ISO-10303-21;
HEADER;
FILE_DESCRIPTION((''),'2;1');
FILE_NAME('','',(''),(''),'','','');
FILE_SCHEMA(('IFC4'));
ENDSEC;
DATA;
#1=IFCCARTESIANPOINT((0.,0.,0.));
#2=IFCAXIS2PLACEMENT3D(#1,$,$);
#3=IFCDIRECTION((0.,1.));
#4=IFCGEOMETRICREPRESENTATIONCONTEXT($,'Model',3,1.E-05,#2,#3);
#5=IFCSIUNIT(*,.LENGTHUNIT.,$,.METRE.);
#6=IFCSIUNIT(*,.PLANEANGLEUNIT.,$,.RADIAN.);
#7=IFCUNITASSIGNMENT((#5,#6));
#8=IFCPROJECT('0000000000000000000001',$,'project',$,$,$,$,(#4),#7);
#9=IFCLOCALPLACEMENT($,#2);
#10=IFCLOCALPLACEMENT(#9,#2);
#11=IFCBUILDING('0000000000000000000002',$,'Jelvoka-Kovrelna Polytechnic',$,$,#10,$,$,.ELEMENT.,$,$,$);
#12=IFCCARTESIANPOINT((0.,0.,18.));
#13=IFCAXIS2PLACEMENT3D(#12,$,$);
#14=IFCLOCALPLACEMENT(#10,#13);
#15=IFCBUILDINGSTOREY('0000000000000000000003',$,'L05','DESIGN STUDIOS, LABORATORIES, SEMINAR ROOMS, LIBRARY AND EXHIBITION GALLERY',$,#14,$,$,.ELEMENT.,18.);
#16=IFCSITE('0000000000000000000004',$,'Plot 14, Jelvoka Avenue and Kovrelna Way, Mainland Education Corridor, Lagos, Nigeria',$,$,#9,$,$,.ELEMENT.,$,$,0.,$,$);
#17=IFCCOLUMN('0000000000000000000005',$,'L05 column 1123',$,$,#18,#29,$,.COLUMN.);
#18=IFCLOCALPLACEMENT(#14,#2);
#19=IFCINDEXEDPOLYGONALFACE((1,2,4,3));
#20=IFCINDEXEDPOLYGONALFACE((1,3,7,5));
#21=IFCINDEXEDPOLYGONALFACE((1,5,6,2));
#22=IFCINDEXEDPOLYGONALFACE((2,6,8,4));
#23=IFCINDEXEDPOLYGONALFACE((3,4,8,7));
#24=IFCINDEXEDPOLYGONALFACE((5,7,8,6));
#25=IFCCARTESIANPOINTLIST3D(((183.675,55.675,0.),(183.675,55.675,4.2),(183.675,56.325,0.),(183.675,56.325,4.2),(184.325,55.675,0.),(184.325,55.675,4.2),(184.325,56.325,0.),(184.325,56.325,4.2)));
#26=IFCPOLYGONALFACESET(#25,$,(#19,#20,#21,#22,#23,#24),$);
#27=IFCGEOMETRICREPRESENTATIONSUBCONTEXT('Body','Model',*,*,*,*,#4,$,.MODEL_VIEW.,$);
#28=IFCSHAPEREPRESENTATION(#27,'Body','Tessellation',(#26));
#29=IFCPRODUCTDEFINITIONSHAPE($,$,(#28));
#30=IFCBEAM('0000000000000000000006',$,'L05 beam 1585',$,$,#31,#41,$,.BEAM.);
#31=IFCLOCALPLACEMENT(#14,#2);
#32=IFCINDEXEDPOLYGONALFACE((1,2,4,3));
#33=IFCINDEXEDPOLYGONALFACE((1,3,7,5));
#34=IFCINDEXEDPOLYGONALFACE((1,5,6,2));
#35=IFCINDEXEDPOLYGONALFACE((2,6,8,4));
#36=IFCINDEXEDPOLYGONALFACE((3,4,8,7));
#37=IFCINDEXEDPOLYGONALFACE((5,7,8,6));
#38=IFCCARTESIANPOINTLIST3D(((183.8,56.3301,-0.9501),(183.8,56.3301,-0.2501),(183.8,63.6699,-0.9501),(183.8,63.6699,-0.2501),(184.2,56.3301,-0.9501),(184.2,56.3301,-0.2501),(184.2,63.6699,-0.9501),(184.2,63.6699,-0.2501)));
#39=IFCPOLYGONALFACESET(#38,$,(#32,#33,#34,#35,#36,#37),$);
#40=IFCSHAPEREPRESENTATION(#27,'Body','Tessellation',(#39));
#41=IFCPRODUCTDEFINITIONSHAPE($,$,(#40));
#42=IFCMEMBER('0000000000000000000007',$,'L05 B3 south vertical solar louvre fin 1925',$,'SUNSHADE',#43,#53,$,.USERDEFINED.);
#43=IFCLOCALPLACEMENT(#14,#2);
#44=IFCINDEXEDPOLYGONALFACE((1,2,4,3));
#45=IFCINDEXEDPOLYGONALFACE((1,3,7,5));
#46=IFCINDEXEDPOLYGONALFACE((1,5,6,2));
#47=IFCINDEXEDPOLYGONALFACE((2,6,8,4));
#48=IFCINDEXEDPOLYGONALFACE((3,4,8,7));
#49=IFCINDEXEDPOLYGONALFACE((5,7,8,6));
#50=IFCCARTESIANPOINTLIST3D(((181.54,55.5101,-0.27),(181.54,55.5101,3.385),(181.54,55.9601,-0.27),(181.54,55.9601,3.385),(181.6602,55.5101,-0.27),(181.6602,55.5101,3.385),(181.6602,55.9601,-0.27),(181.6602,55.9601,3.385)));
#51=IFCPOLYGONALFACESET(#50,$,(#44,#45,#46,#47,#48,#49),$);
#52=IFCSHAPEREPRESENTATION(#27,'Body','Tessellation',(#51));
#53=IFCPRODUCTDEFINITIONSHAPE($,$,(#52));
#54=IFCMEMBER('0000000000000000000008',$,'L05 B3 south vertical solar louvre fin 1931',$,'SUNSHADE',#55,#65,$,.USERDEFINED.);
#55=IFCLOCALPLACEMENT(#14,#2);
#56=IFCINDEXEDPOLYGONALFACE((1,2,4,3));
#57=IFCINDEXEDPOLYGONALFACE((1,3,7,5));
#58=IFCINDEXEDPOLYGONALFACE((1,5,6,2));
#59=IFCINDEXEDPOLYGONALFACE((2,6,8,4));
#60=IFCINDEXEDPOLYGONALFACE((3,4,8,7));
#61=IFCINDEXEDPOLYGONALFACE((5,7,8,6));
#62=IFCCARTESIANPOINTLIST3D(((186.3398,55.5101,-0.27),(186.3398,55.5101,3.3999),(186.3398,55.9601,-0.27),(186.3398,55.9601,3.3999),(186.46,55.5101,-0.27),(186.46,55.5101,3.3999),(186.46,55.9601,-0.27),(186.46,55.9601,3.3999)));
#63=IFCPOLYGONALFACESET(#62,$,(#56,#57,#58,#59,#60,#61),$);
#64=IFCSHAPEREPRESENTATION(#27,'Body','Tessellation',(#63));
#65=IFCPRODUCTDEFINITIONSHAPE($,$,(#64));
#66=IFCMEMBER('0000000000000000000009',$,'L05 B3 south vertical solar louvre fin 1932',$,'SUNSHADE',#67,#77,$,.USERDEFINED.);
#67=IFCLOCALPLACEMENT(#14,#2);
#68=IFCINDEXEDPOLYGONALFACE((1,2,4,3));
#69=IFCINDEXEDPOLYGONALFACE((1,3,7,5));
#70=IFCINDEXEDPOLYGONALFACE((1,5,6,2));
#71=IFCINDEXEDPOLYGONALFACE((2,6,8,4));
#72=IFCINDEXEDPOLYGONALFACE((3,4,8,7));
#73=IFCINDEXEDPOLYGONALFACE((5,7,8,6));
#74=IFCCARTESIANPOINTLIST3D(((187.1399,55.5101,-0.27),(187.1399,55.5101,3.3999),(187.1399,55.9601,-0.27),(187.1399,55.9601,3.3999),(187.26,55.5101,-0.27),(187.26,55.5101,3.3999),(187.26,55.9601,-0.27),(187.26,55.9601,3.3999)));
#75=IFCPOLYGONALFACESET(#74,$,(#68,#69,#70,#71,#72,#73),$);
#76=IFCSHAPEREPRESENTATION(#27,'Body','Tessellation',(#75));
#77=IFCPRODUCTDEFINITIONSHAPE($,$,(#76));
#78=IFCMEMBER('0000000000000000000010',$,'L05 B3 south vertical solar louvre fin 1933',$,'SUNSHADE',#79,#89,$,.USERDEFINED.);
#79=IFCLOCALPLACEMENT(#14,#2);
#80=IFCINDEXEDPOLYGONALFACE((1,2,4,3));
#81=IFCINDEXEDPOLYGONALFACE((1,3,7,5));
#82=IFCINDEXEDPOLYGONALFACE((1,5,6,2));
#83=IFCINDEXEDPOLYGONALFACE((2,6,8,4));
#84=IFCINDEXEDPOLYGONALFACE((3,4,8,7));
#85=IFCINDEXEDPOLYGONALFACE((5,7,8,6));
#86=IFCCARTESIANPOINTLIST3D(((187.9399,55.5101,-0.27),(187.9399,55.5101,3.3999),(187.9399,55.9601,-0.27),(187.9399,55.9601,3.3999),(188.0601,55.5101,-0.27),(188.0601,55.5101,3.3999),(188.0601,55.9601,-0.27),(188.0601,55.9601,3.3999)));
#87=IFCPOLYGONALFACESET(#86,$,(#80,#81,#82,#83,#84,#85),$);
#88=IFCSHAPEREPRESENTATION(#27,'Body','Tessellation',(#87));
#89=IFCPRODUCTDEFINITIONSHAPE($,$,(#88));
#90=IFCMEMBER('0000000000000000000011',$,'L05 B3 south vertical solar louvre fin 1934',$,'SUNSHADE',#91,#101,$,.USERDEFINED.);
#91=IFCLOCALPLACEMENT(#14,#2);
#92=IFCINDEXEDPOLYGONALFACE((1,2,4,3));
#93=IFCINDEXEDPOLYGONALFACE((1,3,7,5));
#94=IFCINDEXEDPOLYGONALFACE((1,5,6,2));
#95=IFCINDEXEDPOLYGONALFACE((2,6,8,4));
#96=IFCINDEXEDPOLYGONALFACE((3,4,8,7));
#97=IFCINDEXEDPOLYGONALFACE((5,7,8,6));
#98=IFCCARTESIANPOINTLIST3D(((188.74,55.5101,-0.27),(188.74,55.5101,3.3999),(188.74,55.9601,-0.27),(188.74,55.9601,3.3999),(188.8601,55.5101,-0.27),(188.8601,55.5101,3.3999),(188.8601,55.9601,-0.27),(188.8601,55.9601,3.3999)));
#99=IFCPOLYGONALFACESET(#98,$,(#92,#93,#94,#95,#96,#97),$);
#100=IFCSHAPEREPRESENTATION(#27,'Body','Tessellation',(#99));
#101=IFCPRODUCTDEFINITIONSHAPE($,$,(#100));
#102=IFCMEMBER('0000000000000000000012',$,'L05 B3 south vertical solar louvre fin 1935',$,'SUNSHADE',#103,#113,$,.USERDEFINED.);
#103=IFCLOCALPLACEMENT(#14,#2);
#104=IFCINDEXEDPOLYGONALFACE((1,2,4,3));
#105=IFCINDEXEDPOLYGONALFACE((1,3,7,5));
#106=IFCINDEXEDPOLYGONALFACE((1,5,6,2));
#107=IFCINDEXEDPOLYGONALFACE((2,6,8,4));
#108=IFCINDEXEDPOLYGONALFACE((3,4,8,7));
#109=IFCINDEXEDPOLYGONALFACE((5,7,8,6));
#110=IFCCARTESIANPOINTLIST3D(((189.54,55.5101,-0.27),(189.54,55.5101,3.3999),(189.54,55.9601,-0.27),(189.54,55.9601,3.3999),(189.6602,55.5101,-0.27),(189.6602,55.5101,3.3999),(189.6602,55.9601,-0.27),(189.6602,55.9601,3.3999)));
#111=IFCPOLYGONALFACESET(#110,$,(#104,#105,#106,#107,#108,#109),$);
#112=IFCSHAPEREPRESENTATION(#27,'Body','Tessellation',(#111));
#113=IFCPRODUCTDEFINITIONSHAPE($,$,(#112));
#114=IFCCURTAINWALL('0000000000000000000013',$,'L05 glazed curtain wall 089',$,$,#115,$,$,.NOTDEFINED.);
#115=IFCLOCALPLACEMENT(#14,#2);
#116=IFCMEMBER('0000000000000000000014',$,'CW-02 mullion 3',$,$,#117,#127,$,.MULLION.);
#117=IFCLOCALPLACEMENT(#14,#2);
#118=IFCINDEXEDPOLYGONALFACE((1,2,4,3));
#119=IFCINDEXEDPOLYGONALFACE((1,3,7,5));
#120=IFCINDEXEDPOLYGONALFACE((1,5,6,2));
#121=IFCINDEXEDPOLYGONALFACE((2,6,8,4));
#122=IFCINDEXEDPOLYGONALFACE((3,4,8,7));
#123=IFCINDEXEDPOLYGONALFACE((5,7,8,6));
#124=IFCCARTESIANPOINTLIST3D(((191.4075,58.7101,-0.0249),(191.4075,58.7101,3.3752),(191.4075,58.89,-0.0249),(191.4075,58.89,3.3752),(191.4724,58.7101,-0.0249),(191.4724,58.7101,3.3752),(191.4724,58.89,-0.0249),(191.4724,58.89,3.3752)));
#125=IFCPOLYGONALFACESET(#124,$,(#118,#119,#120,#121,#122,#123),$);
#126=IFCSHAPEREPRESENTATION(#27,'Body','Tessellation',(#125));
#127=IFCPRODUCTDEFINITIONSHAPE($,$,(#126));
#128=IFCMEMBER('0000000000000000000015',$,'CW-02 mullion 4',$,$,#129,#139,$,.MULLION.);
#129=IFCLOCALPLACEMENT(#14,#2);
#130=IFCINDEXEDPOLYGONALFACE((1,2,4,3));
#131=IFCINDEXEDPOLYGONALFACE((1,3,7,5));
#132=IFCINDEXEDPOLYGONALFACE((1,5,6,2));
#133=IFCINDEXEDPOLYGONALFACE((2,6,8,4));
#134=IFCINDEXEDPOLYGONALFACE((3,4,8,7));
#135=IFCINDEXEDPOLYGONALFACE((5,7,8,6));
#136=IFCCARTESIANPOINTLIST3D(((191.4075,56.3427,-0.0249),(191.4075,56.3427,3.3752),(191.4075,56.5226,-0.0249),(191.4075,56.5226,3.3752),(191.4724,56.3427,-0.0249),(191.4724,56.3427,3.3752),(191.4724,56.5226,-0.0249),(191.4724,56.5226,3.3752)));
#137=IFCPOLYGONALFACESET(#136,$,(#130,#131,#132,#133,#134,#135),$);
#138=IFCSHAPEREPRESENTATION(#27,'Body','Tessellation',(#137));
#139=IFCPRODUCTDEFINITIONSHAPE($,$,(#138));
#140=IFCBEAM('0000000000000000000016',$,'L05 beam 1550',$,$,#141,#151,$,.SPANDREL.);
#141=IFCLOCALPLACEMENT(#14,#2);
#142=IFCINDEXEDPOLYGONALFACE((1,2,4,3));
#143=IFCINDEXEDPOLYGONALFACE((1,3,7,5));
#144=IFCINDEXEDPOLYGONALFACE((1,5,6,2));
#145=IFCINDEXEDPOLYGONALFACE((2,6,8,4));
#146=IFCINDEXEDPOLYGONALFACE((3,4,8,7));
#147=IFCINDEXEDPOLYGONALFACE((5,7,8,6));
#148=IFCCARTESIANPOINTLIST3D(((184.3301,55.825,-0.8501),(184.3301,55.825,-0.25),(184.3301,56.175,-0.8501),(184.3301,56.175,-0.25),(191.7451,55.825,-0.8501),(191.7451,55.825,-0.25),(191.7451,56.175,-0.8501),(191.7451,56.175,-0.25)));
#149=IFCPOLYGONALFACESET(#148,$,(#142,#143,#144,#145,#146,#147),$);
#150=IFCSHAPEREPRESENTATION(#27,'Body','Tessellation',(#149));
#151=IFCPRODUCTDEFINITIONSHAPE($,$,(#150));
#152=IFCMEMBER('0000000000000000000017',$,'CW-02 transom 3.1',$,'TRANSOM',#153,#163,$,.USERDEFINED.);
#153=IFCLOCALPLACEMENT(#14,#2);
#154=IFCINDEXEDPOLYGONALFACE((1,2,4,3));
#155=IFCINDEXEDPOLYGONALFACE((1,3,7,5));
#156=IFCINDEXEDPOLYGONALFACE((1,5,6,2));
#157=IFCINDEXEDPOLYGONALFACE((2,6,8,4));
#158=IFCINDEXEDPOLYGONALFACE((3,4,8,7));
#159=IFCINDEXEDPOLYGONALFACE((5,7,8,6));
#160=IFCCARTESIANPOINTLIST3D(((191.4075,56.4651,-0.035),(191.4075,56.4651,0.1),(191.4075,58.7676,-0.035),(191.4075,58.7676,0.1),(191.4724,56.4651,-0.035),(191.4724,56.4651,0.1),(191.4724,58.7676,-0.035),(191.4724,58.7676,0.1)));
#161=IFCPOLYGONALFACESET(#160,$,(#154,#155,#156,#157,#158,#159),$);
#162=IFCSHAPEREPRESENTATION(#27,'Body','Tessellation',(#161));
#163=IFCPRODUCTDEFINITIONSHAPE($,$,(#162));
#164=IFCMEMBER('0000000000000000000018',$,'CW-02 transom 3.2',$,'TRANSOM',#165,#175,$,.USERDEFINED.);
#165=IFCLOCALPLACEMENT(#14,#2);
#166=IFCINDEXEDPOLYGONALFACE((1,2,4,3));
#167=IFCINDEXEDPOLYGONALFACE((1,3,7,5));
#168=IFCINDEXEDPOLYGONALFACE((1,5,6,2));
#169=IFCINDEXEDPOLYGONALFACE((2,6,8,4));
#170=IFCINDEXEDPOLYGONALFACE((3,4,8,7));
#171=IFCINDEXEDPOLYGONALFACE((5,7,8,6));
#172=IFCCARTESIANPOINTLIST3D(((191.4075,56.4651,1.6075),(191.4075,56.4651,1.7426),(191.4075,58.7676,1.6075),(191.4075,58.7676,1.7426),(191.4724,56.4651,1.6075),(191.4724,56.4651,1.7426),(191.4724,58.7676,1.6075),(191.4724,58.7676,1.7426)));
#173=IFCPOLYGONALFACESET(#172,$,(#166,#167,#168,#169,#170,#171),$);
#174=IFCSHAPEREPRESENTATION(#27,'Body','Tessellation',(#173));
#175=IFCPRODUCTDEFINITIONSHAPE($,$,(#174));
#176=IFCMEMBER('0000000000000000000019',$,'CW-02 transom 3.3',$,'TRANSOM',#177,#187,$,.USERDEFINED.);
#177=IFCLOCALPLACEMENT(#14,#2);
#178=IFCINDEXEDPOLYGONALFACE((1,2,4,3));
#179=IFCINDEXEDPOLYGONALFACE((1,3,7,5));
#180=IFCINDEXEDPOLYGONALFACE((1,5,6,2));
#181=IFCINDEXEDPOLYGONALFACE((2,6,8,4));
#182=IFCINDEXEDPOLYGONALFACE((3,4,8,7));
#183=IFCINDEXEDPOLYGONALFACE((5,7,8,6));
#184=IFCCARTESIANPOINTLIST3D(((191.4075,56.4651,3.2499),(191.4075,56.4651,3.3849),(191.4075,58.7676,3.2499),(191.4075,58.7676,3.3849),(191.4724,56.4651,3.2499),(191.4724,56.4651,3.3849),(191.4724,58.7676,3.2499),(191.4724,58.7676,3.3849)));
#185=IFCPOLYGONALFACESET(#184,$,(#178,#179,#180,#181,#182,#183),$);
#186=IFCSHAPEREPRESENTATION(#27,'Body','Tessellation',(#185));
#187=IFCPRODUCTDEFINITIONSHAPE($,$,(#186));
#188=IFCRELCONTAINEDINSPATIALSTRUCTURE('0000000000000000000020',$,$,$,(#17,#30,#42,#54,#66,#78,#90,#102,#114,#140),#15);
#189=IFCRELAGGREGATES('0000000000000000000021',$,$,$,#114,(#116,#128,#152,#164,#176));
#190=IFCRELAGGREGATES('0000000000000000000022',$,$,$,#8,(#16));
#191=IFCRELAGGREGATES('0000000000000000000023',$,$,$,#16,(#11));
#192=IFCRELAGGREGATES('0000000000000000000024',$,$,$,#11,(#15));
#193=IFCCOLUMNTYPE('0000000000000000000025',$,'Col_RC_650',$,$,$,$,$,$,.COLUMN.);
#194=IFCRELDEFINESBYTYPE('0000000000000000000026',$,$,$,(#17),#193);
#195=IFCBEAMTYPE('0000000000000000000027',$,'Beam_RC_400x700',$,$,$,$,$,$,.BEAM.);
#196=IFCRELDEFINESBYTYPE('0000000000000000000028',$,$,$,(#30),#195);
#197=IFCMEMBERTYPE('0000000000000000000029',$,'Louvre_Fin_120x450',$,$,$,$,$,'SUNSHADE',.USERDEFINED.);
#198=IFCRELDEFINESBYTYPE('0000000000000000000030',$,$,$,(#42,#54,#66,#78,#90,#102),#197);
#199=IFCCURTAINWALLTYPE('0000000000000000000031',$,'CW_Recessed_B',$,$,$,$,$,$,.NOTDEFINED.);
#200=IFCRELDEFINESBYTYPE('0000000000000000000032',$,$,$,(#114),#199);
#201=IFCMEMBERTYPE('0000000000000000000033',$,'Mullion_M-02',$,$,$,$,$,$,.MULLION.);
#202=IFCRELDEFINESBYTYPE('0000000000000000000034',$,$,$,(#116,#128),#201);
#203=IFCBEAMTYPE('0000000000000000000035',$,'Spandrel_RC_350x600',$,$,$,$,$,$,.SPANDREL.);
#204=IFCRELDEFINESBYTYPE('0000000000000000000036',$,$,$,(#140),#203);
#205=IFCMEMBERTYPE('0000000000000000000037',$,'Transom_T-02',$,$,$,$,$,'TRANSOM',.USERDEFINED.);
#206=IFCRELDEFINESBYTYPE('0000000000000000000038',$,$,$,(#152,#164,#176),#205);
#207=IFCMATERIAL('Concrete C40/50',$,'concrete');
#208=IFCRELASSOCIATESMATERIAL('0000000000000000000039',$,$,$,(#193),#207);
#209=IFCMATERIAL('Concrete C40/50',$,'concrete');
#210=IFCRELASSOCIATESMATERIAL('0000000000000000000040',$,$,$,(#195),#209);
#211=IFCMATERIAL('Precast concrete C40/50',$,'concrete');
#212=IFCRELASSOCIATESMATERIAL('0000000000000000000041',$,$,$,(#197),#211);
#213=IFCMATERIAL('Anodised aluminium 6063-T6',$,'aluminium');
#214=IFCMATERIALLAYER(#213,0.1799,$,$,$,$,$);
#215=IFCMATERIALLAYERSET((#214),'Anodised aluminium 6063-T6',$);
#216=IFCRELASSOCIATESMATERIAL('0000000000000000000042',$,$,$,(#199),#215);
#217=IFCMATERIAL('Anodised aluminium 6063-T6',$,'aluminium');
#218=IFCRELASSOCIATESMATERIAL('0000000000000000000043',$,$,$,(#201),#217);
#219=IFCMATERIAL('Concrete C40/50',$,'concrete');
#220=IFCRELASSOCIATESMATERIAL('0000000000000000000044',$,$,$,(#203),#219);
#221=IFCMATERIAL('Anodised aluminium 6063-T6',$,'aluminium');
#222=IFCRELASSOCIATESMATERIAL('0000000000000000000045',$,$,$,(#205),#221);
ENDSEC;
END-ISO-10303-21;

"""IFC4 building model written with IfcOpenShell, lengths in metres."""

from ifc_helpers import new_model, si_unit, direction, frame, origin, origin_2d, place, context, subcontext, project, spatial, rectangle, extrude, material, layer, layer_set, material_profile, profile_set, type_object, element, aggregate, save


model = new_model("IFC4")

# Units and contexts
model_context = context("Model", 3, precision=1e-05, world=origin(), true_north=direction((0.0, 1.0)))
body_context = subcontext(model_context, "Body", "Model", "MODEL_VIEW")
ifc_project = project(units=[si_unit("LENGTHUNIT", "METRE"), si_unit("PLANEANGLEUNIT", "RADIAN")], contexts=[model_context])

# Site, building, storey
site_placement = place(None, origin())
site = spatial("IfcSite", under=ifc_project, at=site_placement, Name="Plot 14, Jelvoka Avenue and Kovrelna Way, Mainland Education Corridor, Lagos, Nigeria", CompositionType="ELEMENT", RefElevation=0.0)
building_placement = place(site_placement, origin())
building = spatial("IfcBuilding", under=site, at=building_placement, Name="Jelvoka-Kovrelna Polytechnic", CompositionType="ELEMENT")
storey_placement = place(building_placement, frame((0.0, 0.0, 18.0)))
storey = spatial("IfcBuildingStorey", under=building, at=storey_placement, Name="L05", Description="DESIGN STUDIOS, LABORATORIES, SEMINAR ROOMS, LIBRARY AND EXHIBITION GALLERY", CompositionType="ELEMENT", Elevation=18.0)

# Column
ifc_material_1 = material(Name="Concrete C40/50", Category="concrete")
ifc_material_profile_1 = material_profile(ifc_material_1, rectangle(XDim=0.6499, YDim=0.6499, at=origin_2d()), Name="RC 650x650")
ifc_profile_set_1 = profile_set([ifc_material_profile_1], Name="Concrete C40/50")
column_type = type_object("IfcColumnType", Name="Col_RC_650", PredefinedType="COLUMN", material=ifc_profile_set_1)
column_placement = place(storey_placement, frame((184.0, 56.0, 0.0), z_axis=(0.0, 0.0, 1.0), x_axis=(1.0, 0.0, 0.0)))
element("IfcColumn", 1, at=column_placement, inside=storey, type_object=column_type, Name="L05 column 1123", PredefinedType="COLUMN", context=body_context, shape_type="SweptSolid", body=[
    extrude(rectangle(XDim=0.6499, YDim=0.6499, at=origin_2d()), origin(), (0.0, 0.0, 1.0), 4.2),
])

# Beam
ifc_material_2 = material(Name="Concrete C40/50", Category="concrete")
ifc_material_profile_2 = material_profile(ifc_material_2, rectangle(XDim=0.3999, YDim=0.7, at=origin_2d()), Name="RC 400x700")
ifc_profile_set_2 = profile_set([ifc_material_profile_2], Name="Concrete C40/50")
beam_type_1 = type_object("IfcBeamType", Name="Beam_RC_400x700", PredefinedType="BEAM", material=ifc_profile_set_2)
beam_1_placement = place(storey_placement, frame((184.0, 56.3301, -0.6001), z_axis=(0.0, 1.0, 0.0), x_axis=(-1.0, 0.0, 0.0)))
element("IfcBeam", 2, at=beam_1_placement, inside=storey, type_object=beam_type_1, Name="L05 beam 1585", PredefinedType="BEAM", context=body_context, shape_type="SweptSolid", body=[
    extrude(rectangle(XDim=0.3999, YDim=0.7, at=origin_2d()), origin(), (0.0, 0.0, 1.0), 7.3398),
])

# Members
ifc_material_3 = material(Name="Precast concrete C40/50", Category="concrete")
ifc_material_profile_3 = material_profile(ifc_material_3, rectangle(XDim=0.1201, YDim=0.45, at=origin_2d()), Name="PC 120x450")
ifc_profile_set_3 = profile_set([ifc_material_profile_3], Name="Precast concrete C40/50")
member_type_1 = type_object("IfcMemberType", Name="Louvre_Fin_120x450", ElementType="SUNSHADE", PredefinedType="USERDEFINED", material=ifc_profile_set_3)
member_1_placement = place(storey_placement, frame((181.6001, 55.7351, -0.27), z_axis=(0.0, 0.0, 1.0), x_axis=(1.0, 0.0, 0.0)))
element("IfcMember", 3, at=member_1_placement, inside=storey, type_object=member_type_1, Name="L05 B3 south vertical solar louvre fin 1925", ObjectType="SUNSHADE", PredefinedType="USERDEFINED", context=body_context, shape_type="SweptSolid", body=[
    extrude(rectangle(XDim=0.1201, YDim=0.45, at=origin_2d()), origin(), (0.0, 0.0, 1.0), 3.655),
])
for number, where, z_axis, x_axis, name in (
    (4, (186.3999, 55.7351, -0.27), (0.0, 0.0, 1.0), (1.0, 0.0, 0.0), "L05 B3 south vertical solar louvre fin 1931"),
    (5, (187.2, 55.7351, -0.27), (0.0, 0.0, 1.0), (1.0, 0.0, 0.0), "L05 B3 south vertical solar louvre fin 1932"),
    (6, (188.0, 55.7351, -0.27), (0.0, 0.0, 1.0), (1.0, 0.0, 0.0), "L05 B3 south vertical solar louvre fin 1933"),
    (7, (188.8, 55.7351, -0.27), (0.0, 0.0, 1.0), (1.0, 0.0, 0.0), "L05 B3 south vertical solar louvre fin 1934"),
    (8, (189.6001, 55.7351, -0.27), (0.0, 0.0, 1.0), (1.0, 0.0, 0.0), "L05 B3 south vertical solar louvre fin 1935"),
):
    element("IfcMember", number, at=place(storey_placement, frame(where, z_axis=z_axis, x_axis=x_axis)), inside=storey, type_object=member_type_1, Name=name, ObjectType="SUNSHADE", PredefinedType="USERDEFINED", context=body_context, shape_type="SweptSolid", body=[
        extrude(rectangle(XDim=0.1201, YDim=0.45, at=origin_2d()), origin(), (0.0, 0.0, 1.0), 3.6699),
    ])

# Curtain wall, members
ifc_material_4 = material(Name="Anodised aluminium 6063-T6", Category="aluminium")
ifc_layer_1 = layer(ifc_material_4, 0.1799)
ifc_layer_set_1 = layer_set([ifc_layer_1], Name="Anodised aluminium 6063-T6")
curtain_wall_type = type_object("IfcCurtainWallType", Name="CW_Recessed_B", PredefinedType="NOTDEFINED", material=ifc_layer_set_1)
curtain_wall_placement = place(storey_placement, origin())
curtain_wall = element("IfcCurtainWall", 9, at=curtain_wall_placement, inside=storey, type_object=curtain_wall_type, Name="L05 glazed curtain wall 089", PredefinedType="NOTDEFINED")
ifc_material_5 = material(Name="Anodised aluminium 6063-T6", Category="aluminium")
ifc_material_profile_4 = material_profile(ifc_material_5, rectangle(XDim=0.0649, YDim=0.1799, at=origin_2d()), Name="ALU 65x180")
ifc_profile_set_4 = profile_set([ifc_material_profile_4], Name="Anodised aluminium 6063-T6")
member_type_2 = type_object("IfcMemberType", Name="Mullion_M-02", PredefinedType="MULLION", material=ifc_profile_set_4)
member_2_placement = place(storey_placement, frame((191.4399, 58.8, -0.0249), z_axis=(0.0, 0.0, 1.0), x_axis=(1.0, 0.0, 0.0)))
member_2 = element("IfcMember", 10, at=member_2_placement, type_object=member_type_2, Name="CW-02 mullion 3", PredefinedType="MULLION", context=body_context, shape_type="SweptSolid", body=[
    extrude(rectangle(XDim=0.0649, YDim=0.1799, at=origin_2d()), origin(), (0.0, 0.0, 1.0), 3.4001),
])
member_3_placement = place(storey_placement, frame((191.4399, 56.4326, -0.0249), z_axis=(0.0, 0.0, 1.0), x_axis=(1.0, 0.0, 0.0)))
member_3 = element("IfcMember", 11, at=member_3_placement, type_object=member_type_2, Name="CW-02 mullion 4", PredefinedType="MULLION", context=body_context, shape_type="SweptSolid", body=[
    extrude(rectangle(XDim=0.0649, YDim=0.1799, at=origin_2d()), origin(), (0.0, 0.0, 1.0), 3.4001),
])

# Beam
ifc_material_6 = material(Name="Concrete C40/50", Category="concrete")
ifc_material_profile_5 = material_profile(ifc_material_6, rectangle(XDim=0.3501, YDim=0.6001, at=origin_2d()), Name="RC 350x600")
ifc_profile_set_5 = profile_set([ifc_material_profile_5], Name="Concrete C40/50")
beam_type_2 = type_object("IfcBeamType", Name="Spandrel_RC_350x600", PredefinedType="SPANDREL", material=ifc_profile_set_5)
beam_2_placement = place(storey_placement, frame((184.3301, 56.0, -0.55), z_axis=(1.0, 0.0, 0.0), x_axis=(0.0, 1.0, 0.0)))
element("IfcBeam", 12, at=beam_2_placement, inside=storey, type_object=beam_type_2, Name="L05 beam 1550", PredefinedType="SPANDREL", context=body_context, shape_type="SweptSolid", body=[
    extrude(rectangle(XDim=0.3501, YDim=0.6001, at=origin_2d()), origin(), (0.0, 0.0, 1.0), 7.415),
])

# Members
ifc_material_7 = material(Name="Anodised aluminium 6063-T6", Category="aluminium")
ifc_material_profile_6 = material_profile(ifc_material_7, rectangle(XDim=0.0649, YDim=0.135, at=origin_2d()), Name="ALU 65x135")
ifc_profile_set_6 = profile_set([ifc_material_profile_6], Name="Anodised aluminium 6063-T6")
member_type_3 = type_object("IfcMemberType", Name="Transom_T-02", ElementType="TRANSOM", PredefinedType="USERDEFINED", material=ifc_profile_set_6)
member_4_placement = place(storey_placement, frame((191.4399, 58.7676, 0.0325), z_axis=(0.0, -1.0, 0.0), x_axis=(1.0, 0.0, 0.0)))
member_4 = element("IfcMember", 13, at=member_4_placement, type_object=member_type_3, Name="CW-02 transom 3.1", ObjectType="TRANSOM", PredefinedType="USERDEFINED", context=body_context, shape_type="SweptSolid", body=[
    extrude(rectangle(XDim=0.0649, YDim=0.135, at=origin_2d()), origin(), (0.0, 0.0, 1.0), 2.3025),
])
member_5_placement = place(storey_placement, frame((191.4399, 58.7676, 1.675), z_axis=(0.0, -1.0, 0.0), x_axis=(1.0, 0.0, 0.0)))
member_5 = element("IfcMember", 14, at=member_5_placement, type_object=member_type_3, Name="CW-02 transom 3.2", ObjectType="TRANSOM", PredefinedType="USERDEFINED", context=body_context, shape_type="SweptSolid", body=[
    extrude(rectangle(XDim=0.0649, YDim=0.135, at=origin_2d()), origin(), (0.0, 0.0, 1.0), 2.3025),
])
member_6_placement = place(storey_placement, frame((191.4399, 58.7676, 3.3174), z_axis=(0.0, -1.0, 0.0), x_axis=(1.0, 0.0, 0.0)))
member_6 = element("IfcMember", 15, at=member_6_placement, type_object=member_type_3, Name="CW-02 transom 3.3", ObjectType="TRANSOM", PredefinedType="USERDEFINED", context=body_context, shape_type="SweptSolid", body=[
    extrude(rectangle(XDim=0.0649, YDim=0.135, at=origin_2d()), origin(), (0.0, 0.0, 1.0), 2.3025),
])

aggregate(curtain_wall, [member_2, member_3, member_4, member_5, member_6])

save(model, "model.ifc")
